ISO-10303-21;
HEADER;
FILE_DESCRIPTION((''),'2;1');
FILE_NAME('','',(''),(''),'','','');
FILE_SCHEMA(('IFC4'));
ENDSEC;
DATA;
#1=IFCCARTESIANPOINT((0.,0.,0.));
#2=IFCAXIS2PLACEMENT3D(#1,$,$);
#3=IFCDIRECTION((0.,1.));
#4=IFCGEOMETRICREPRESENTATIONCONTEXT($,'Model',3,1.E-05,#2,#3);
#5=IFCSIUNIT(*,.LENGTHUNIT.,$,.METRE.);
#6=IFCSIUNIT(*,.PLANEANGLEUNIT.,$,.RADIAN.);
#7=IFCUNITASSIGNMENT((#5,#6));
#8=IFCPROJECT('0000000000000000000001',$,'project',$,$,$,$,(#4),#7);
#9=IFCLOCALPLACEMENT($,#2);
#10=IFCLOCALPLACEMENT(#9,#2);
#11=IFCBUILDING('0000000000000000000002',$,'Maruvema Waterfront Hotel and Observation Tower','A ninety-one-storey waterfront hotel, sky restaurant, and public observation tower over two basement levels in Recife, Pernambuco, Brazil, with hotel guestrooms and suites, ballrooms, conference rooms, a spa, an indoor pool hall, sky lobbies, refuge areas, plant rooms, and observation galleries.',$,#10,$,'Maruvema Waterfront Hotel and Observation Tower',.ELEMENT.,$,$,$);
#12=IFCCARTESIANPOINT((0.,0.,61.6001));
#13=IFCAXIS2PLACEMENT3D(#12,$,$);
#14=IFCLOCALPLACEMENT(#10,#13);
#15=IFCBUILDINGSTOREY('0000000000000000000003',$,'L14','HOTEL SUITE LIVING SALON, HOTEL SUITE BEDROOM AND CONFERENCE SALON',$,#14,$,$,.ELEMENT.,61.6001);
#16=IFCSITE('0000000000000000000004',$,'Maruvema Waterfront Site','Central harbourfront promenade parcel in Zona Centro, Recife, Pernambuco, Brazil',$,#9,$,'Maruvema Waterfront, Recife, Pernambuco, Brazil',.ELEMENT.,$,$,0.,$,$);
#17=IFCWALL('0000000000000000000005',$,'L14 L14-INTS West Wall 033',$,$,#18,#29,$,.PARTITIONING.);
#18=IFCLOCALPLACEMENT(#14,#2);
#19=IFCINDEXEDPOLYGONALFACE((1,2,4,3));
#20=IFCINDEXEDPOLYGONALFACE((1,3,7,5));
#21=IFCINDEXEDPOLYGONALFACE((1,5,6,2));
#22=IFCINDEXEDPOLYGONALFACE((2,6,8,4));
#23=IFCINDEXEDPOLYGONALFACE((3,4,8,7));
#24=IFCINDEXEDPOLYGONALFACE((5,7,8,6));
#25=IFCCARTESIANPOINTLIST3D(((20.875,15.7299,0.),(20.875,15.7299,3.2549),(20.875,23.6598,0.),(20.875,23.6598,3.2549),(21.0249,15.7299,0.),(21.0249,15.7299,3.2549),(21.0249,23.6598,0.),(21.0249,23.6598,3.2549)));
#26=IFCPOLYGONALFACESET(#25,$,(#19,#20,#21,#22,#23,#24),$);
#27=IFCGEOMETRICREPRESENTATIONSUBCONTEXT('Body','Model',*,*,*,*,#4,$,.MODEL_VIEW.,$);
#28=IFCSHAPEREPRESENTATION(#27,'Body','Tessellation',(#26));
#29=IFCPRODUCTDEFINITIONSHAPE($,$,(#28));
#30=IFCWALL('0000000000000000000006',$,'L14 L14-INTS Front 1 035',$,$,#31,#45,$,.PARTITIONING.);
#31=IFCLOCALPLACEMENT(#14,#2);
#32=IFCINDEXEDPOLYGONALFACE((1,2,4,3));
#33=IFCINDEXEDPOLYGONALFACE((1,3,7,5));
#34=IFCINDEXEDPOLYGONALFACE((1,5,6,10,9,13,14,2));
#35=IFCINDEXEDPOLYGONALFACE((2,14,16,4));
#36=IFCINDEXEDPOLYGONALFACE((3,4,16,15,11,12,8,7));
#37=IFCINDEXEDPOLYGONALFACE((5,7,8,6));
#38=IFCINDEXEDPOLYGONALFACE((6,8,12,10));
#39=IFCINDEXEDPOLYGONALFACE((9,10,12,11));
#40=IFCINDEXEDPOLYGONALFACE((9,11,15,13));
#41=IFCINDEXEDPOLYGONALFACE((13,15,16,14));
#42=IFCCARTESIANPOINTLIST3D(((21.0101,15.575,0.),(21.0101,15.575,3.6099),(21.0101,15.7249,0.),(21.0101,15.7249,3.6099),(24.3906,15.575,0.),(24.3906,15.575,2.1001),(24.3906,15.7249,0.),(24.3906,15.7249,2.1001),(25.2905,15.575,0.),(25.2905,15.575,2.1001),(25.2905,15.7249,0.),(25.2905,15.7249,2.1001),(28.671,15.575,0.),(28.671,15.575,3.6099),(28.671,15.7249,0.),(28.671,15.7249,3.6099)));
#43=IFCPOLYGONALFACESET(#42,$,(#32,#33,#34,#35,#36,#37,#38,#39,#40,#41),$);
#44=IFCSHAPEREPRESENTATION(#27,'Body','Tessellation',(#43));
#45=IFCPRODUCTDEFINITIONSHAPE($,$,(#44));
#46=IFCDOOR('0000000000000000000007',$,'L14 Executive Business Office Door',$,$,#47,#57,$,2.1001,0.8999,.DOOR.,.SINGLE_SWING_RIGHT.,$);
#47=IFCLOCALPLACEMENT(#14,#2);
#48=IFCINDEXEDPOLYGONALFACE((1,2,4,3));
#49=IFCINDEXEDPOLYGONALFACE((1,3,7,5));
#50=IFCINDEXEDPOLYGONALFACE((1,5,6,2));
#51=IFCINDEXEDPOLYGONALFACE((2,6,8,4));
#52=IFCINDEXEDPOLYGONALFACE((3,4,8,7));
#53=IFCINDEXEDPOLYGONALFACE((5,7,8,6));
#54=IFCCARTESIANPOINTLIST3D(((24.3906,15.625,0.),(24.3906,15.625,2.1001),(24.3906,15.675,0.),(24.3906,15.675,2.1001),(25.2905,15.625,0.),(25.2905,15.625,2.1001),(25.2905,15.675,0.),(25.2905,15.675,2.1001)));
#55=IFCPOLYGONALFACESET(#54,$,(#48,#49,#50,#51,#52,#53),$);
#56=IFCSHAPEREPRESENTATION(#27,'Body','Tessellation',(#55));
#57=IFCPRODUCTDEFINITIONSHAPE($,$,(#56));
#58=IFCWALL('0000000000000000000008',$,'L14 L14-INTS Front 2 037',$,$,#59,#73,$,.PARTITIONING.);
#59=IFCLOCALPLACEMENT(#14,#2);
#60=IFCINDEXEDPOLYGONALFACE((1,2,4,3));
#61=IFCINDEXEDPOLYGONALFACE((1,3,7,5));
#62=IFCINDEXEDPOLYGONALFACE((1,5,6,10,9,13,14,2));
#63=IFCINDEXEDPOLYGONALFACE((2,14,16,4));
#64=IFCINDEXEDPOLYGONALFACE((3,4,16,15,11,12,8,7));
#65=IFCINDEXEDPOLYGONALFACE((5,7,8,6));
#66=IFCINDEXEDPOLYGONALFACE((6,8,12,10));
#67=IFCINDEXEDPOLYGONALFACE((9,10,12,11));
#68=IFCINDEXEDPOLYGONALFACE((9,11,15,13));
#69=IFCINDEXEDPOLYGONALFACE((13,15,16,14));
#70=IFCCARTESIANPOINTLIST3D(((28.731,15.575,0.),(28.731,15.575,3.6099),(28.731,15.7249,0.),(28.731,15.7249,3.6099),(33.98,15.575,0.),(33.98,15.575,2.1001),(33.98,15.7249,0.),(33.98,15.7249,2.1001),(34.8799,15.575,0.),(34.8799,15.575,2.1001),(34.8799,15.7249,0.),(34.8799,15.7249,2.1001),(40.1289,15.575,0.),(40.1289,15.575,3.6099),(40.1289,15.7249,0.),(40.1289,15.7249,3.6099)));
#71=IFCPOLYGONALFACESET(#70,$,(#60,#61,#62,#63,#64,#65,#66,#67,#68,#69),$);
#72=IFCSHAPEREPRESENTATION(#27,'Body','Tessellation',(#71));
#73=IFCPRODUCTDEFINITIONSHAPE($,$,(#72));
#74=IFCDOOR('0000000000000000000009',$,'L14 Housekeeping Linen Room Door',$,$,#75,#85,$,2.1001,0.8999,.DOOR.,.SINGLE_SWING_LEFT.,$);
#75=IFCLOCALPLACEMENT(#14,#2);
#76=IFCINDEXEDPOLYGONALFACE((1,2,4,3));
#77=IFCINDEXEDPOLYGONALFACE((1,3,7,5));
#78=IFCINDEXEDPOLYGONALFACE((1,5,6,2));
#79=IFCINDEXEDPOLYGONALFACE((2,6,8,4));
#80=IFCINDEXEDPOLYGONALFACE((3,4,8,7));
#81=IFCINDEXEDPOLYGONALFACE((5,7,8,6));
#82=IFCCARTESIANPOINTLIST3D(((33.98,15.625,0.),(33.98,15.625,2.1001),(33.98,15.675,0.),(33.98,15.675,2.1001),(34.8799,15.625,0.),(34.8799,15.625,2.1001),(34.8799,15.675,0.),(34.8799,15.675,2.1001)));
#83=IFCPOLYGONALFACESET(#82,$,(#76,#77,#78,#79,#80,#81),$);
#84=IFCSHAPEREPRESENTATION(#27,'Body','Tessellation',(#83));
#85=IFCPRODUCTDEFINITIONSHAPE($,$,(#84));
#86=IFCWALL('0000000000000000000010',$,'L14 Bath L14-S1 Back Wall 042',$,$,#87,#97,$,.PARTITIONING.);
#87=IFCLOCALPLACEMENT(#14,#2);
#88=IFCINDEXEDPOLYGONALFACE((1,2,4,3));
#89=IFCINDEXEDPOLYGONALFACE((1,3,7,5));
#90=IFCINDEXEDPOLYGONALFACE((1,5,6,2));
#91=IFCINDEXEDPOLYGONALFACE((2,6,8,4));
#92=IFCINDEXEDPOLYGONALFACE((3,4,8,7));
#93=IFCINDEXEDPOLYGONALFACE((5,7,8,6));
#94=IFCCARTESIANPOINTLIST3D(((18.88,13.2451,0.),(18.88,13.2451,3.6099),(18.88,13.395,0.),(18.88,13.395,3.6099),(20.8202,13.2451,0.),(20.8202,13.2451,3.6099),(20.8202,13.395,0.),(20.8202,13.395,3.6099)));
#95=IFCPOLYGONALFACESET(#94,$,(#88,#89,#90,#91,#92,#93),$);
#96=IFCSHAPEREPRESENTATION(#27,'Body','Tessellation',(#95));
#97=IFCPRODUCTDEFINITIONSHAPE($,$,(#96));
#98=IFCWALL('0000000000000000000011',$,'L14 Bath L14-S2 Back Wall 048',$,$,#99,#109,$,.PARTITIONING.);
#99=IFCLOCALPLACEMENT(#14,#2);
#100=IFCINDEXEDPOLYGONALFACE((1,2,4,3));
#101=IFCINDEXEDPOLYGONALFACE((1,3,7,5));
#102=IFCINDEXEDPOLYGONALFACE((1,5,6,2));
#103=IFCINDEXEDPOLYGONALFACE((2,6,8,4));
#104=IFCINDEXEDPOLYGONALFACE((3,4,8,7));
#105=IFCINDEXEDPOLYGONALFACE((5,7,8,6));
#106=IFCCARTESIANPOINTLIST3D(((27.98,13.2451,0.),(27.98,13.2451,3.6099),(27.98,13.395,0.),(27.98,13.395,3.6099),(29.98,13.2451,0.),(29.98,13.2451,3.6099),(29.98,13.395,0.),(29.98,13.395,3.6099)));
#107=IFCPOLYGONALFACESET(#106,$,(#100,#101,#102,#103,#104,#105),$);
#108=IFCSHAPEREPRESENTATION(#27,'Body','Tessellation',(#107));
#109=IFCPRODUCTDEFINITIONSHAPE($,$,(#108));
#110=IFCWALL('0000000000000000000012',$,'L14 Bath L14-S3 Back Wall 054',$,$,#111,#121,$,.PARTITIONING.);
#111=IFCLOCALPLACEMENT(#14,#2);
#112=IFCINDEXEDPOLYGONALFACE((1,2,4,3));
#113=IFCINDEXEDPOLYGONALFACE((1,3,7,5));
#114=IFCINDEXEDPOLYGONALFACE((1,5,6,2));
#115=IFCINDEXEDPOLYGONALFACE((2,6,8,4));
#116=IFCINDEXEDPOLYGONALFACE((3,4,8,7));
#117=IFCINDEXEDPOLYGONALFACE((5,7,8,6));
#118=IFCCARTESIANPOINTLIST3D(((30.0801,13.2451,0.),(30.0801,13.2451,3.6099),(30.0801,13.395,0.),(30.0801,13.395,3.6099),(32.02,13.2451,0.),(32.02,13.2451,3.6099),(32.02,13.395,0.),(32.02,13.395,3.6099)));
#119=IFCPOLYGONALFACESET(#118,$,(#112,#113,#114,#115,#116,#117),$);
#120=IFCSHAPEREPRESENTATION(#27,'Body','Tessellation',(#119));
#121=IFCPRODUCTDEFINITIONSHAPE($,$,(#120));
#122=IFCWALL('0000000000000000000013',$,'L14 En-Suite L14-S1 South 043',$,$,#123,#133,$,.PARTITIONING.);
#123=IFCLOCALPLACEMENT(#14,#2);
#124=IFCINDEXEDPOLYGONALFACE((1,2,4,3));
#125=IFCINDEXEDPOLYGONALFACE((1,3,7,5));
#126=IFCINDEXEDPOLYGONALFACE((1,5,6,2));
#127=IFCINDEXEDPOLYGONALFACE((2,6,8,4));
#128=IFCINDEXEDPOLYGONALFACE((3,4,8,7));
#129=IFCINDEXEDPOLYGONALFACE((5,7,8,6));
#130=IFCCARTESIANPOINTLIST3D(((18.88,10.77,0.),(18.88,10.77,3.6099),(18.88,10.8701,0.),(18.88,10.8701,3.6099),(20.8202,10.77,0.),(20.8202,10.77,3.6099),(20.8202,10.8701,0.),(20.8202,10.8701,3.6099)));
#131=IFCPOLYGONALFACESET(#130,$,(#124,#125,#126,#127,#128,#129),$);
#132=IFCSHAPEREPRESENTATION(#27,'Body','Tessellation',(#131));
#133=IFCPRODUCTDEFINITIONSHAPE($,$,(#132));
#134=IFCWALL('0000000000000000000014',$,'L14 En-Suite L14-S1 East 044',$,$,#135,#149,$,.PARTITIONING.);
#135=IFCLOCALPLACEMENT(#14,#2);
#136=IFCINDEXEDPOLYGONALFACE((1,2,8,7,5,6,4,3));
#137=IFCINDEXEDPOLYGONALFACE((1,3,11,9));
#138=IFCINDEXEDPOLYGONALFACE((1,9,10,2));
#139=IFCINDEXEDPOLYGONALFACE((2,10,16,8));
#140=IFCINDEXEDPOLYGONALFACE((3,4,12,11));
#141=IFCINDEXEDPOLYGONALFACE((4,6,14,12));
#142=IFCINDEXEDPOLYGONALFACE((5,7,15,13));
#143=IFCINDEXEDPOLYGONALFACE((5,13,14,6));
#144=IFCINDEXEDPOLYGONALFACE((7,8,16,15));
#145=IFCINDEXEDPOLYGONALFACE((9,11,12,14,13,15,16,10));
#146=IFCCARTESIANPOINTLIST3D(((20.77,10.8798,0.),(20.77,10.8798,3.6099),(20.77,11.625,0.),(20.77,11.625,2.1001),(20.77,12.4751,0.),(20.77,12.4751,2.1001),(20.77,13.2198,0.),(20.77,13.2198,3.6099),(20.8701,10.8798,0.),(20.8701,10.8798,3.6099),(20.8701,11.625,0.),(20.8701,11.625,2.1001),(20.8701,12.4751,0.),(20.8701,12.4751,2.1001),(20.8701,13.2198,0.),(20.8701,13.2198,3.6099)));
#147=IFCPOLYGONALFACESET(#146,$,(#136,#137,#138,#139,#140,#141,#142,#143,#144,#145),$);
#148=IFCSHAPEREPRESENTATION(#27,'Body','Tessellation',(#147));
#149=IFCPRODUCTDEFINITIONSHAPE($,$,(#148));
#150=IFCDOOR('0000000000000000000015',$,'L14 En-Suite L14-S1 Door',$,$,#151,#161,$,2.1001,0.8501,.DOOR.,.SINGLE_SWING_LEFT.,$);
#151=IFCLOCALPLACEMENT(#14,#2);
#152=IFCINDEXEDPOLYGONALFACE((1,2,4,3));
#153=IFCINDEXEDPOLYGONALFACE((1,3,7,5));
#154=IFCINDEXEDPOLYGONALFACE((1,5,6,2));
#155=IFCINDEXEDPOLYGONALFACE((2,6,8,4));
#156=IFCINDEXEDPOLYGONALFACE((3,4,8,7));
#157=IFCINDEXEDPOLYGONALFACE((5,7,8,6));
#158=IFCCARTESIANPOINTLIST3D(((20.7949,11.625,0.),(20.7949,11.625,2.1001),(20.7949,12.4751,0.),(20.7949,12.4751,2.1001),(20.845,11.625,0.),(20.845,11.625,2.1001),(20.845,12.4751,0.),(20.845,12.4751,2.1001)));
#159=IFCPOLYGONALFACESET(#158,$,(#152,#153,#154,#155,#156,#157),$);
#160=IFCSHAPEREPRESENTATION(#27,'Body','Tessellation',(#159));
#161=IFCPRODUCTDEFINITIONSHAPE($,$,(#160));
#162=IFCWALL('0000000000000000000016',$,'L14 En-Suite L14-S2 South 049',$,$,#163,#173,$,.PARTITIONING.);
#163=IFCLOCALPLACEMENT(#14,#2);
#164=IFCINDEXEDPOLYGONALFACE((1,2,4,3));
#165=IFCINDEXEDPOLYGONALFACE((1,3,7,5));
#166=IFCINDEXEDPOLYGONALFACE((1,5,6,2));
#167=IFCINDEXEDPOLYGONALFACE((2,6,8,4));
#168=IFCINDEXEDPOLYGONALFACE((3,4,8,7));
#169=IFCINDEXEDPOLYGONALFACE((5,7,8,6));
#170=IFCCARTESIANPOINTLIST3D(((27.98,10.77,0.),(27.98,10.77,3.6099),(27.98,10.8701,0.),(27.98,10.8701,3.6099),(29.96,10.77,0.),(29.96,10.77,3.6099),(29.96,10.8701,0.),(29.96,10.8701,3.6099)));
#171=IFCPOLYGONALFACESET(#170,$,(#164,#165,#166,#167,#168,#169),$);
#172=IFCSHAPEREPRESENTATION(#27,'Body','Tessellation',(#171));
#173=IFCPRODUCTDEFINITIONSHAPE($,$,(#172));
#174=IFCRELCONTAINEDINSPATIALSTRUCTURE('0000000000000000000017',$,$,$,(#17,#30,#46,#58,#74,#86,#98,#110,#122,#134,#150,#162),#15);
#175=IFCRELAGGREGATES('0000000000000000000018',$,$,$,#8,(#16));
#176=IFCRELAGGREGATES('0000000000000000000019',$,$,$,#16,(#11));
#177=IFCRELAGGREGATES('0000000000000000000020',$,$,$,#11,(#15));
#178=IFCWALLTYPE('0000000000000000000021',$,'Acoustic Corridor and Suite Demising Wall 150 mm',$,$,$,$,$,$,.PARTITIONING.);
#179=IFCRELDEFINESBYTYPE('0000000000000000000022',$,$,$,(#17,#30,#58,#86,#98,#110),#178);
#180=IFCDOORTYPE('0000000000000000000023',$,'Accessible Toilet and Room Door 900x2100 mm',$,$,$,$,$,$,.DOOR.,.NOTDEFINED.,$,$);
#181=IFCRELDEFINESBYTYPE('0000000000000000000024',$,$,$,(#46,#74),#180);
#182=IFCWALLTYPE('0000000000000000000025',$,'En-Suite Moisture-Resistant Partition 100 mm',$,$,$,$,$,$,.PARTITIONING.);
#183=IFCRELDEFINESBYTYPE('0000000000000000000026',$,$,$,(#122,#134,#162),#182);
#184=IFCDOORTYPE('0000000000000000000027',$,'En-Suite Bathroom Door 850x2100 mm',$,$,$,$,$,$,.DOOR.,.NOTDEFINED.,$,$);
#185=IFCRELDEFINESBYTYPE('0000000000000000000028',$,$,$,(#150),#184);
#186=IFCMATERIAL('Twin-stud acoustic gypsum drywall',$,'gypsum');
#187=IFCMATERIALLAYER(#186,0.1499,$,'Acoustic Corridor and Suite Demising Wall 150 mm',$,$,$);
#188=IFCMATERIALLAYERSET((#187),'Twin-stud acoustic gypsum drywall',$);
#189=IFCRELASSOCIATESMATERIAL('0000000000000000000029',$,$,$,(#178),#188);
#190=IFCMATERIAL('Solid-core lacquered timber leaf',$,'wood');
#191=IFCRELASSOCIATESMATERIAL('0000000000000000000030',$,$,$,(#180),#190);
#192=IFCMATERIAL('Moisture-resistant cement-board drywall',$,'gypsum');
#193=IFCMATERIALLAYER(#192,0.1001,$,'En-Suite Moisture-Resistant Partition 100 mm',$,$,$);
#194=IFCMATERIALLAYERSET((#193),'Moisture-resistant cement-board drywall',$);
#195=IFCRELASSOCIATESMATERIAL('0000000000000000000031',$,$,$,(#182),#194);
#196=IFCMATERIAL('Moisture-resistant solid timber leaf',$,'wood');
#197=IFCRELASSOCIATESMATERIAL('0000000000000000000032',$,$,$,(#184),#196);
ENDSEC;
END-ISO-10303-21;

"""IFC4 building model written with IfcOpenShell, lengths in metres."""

from ifc_helpers import new_model, si_unit, direction, frame, frame_2d, origin, place, context, subcontext, project, spatial, rectangle, extrude, material, layer, layer_set, type_object, element, fill, save


model = new_model("IFC4")

# Units and contexts
model_context = context("Model", 3, precision=1e-05, world=origin(), true_north=direction((0.0, 1.0)))
body_context = subcontext(model_context, "Body", "Model", "MODEL_VIEW")
ifc_project = project(units=[si_unit("LENGTHUNIT", "METRE"), si_unit("PLANEANGLEUNIT", "RADIAN")], contexts=[model_context])

# Site, building, storey
site_placement = place(None, origin())
site = spatial("IfcSite", under=ifc_project, at=site_placement, Name="Maruvema Waterfront Site", Description="Central harbourfront promenade parcel in Zona Centro, Recife, Pernambuco, Brazil", LongName="Maruvema Waterfront, Recife, Pernambuco, Brazil", CompositionType="ELEMENT", RefElevation=0.0)
building_placement = place(site_placement, origin())
building = spatial("IfcBuilding", under=site, at=building_placement, Name="Maruvema Waterfront Hotel and Observation Tower", Description="A ninety-one-storey waterfront hotel, sky restaurant, and public observation tower over two basement levels in Recife, Pernambuco, Brazil, with hotel guestrooms and suites, ballrooms, conference rooms, a spa, an indoor pool hall, sky lobbies, refuge areas, plant rooms, and observation galleries.", LongName="Maruvema Waterfront Hotel and Observation Tower", CompositionType="ELEMENT")
storey_placement = place(building_placement, frame((0.0, 0.0, 61.6001)))
storey = spatial("IfcBuildingStorey", under=building, at=storey_placement, Name="L14", Description="HOTEL SUITE LIVING SALON, HOTEL SUITE BEDROOM AND CONFERENCE SALON", CompositionType="ELEMENT", Elevation=61.6001)

# Wall
ifc_material_1 = material(Name="Twin-stud acoustic gypsum drywall", Category="gypsum")
ifc_layer_1 = layer(ifc_material_1, 0.1499, Name="Acoustic Corridor and Suite Demising Wall 150 mm")
ifc_layer_set_1 = layer_set([ifc_layer_1], Name="Twin-stud acoustic gypsum drywall")
wall_type_1 = type_object("IfcWallType", Name="Acoustic Corridor and Suite Demising Wall 150 mm", PredefinedType="PARTITIONING", material=ifc_layer_set_1)
wall_1_placement = place(storey_placement, frame((20.95, 15.73, 0.0), z_axis=(0.0, 0.0, 1.0), x_axis=(0.0, 1.0, 0.0)))
element("IfcWall", 1, at=wall_1_placement, inside=storey, type_object=wall_type_1, Name="L14 L14-INTS West Wall 033", PredefinedType="PARTITIONING", context=body_context, shape_type="SweptSolid", body=[
    extrude(rectangle(XDim=7.9299, YDim=0.1499, at=frame_2d((3.9648, 0.0))), origin(), (0.0, 0.0, 1.0), 3.2549),
])

# Walls, openings, doors
wall_2_placement = place(storey_placement, frame((21.01, 15.6499, 0.0), z_axis=(0.0, 0.0, 1.0), x_axis=(1.0, 0.0, 0.0)))
wall_2 = element("IfcWall", 2, at=wall_2_placement, inside=storey, type_object=wall_type_1, Name="L14 L14-INTS Front 1 035", PredefinedType="PARTITIONING", context=body_context, shape_type="SweptSolid", body=[
    extrude(rectangle(XDim=7.6609, YDim=0.1499, at=frame_2d((3.8306, 0.0))), origin(), (0.0, 0.0, 1.0), 3.6099),
])
opening_1_placement = place(wall_2_placement, frame((3.3806, 0.0, 0.0)))
opening_1 = element("IfcOpeningElement", 3, at=opening_1_placement, cuts=wall_2, PredefinedType="OPENING", context=body_context, shape_type="SweptSolid", body=[
    extrude(rectangle(XDim=0.8999, YDim=2.1001, at=frame_2d((0.45, 1.05))), frame((0.0, 0.085, 0.0), z_axis=(0.0, -1.0, 0.0), x_axis=(1.0, 0.0, 0.0)), (0.0, 0.0, 1.0), 0.1699),
])
ifc_material_2 = material(Name="Solid-core lacquered timber leaf", Category="wood")
door_type_1 = type_object("IfcDoorType", Name="Accessible Toilet and Room Door 900x2100 mm", OperationType="NOTDEFINED", PredefinedType="DOOR", material=ifc_material_2)
door_1_placement = place(opening_1_placement, frame((0.8999, 0.0, 0.0), z_axis=(0.0, 0.0, 1.0), x_axis=(-1.0, 0.0, 0.0)))
door_1 = element("IfcDoor", 4, at=door_1_placement, inside=storey, type_object=door_type_1, Name="L14 Executive Business Office Door", OperationType="SINGLE_SWING_RIGHT", OverallHeight=2.1001, OverallWidth=0.8999, PredefinedType="DOOR", context=body_context, shape_type="SweptSolid", body=[
    extrude(rectangle(XDim=0.8999, YDim=2.1001, at=frame_2d((0.45, 1.05))), frame((0.0, 0.0249, 0.0), z_axis=(0.0, -1.0, 0.0), x_axis=(1.0, 0.0, 0.0)), (0.0, 0.0, 1.0), 0.05),
])
fill(opening_1, door_1)
wall_3_placement = place(storey_placement, frame((28.731, 15.6499, 0.0), z_axis=(0.0, 0.0, 1.0), x_axis=(1.0, 0.0, 0.0)))
wall_3 = element("IfcWall", 5, at=wall_3_placement, inside=storey, type_object=wall_type_1, Name="L14 L14-INTS Front 2 037", PredefinedType="PARTITIONING", context=body_context, shape_type="SweptSolid", body=[
    extrude(rectangle(XDim=11.3979, YDim=0.1499, at=frame_2d((5.699, 0.0))), origin(), (0.0, 0.0, 1.0), 3.6099),
])
opening_2_placement = place(wall_3_placement, frame((5.249, 0.0, 0.0)))
opening_2 = element("IfcOpeningElement", 6, at=opening_2_placement, cuts=wall_3, PredefinedType="OPENING", context=body_context, shape_type="SweptSolid", body=[
    extrude(rectangle(XDim=0.8999, YDim=2.1001, at=frame_2d((0.45, 1.05))), frame((0.0, 0.085, 0.0), z_axis=(0.0, -1.0, 0.0), x_axis=(1.0, 0.0, 0.0)), (0.0, 0.0, 1.0), 0.1699),
])
door_2_placement = place(opening_2_placement, frame((0.8999, 0.0, 0.0), z_axis=(0.0, 0.0, 1.0), x_axis=(-1.0, 0.0, 0.0)))
door_2 = element("IfcDoor", 7, at=door_2_placement, inside=storey, type_object=door_type_1, Name="L14 Housekeeping Linen Room Door", OperationType="SINGLE_SWING_LEFT", OverallHeight=2.1001, OverallWidth=0.8999, PredefinedType="DOOR", context=body_context, shape_type="SweptSolid", body=[
    extrude(rectangle(XDim=0.8999, YDim=2.1001, at=frame_2d((0.45, 1.05))), frame((0.0, 0.0249, 0.0), z_axis=(0.0, -1.0, 0.0), x_axis=(1.0, 0.0, 0.0)), (0.0, 0.0, 1.0), 0.05),
])
fill(opening_2, door_2)

# Wall
wall_4_placement = place(storey_placement, frame((18.8799, 13.3201, 0.0), z_axis=(0.0, 0.0, 1.0), x_axis=(1.0, 0.0, 0.0)))
element("IfcWall", 8, at=wall_4_placement, inside=storey, type_object=wall_type_1, Name="L14 Bath L14-S1 Back Wall 042", PredefinedType="PARTITIONING", context=body_context, shape_type="SweptSolid", body=[
    extrude(rectangle(XDim=1.9402, YDim=0.1499, at=frame_2d((0.9702, 0.0))), origin(), (0.0, 0.0, 1.0), 3.6099),
])

# Wall
wall_5_placement = place(storey_placement, frame((27.98, 13.3201, 0.0), z_axis=(0.0, 0.0, 1.0), x_axis=(1.0, 0.0, 0.0)))
element("IfcWall", 9, at=wall_5_placement, inside=storey, type_object=wall_type_1, Name="L14 Bath L14-S2 Back Wall 048", PredefinedType="PARTITIONING", context=body_context, shape_type="SweptSolid", body=[
    extrude(rectangle(XDim=2.0, YDim=0.1499, at=frame_2d((1.0, 0.0))), origin(), (0.0, 0.0, 1.0), 3.6099),
])

# Wall
wall_6_placement = place(storey_placement, frame((30.0801, 13.3201, 0.0), z_axis=(0.0, 0.0, 1.0), x_axis=(1.0, 0.0, 0.0)))
element("IfcWall", 10, at=wall_6_placement, inside=storey, type_object=wall_type_1, Name="L14 Bath L14-S3 Back Wall 054", PredefinedType="PARTITIONING", context=body_context, shape_type="SweptSolid", body=[
    extrude(rectangle(XDim=1.9399, YDim=0.1499, at=frame_2d((0.97, 0.0))), origin(), (0.0, 0.0, 1.0), 3.6099),
])

# Wall
ifc_material_3 = material(Name="Moisture-resistant cement-board drywall", Category="gypsum")
ifc_layer_2 = layer(ifc_material_3, 0.1001, Name="En-Suite Moisture-Resistant Partition 100 mm")
ifc_layer_set_2 = layer_set([ifc_layer_2], Name="Moisture-resistant cement-board drywall")
wall_type_2 = type_object("IfcWallType", Name="En-Suite Moisture-Resistant Partition 100 mm", PredefinedType="PARTITIONING", material=ifc_layer_set_2)
wall_7_placement = place(storey_placement, frame((18.8799, 10.8201, 0.0), z_axis=(0.0, 0.0, 1.0), x_axis=(1.0, 0.0, 0.0)))
element("IfcWall", 11, at=wall_7_placement, inside=storey, type_object=wall_type_2, Name="L14 En-Suite L14-S1 South 043", PredefinedType="PARTITIONING", context=body_context, shape_type="SweptSolid", body=[
    extrude(rectangle(XDim=1.9402, YDim=0.1001, at=frame_2d((0.9702, 0.0))), origin(), (0.0, 0.0, 1.0), 3.6099),
])

# Wall, opening, door
wall_8_placement = place(storey_placement, frame((20.8201, 10.8799, 0.0), z_axis=(0.0, 0.0, 1.0), x_axis=(0.0, 1.0, 0.0)))
wall_8 = element("IfcWall", 12, at=wall_8_placement, inside=storey, type_object=wall_type_2, Name="L14 En-Suite L14-S1 East 044", PredefinedType="PARTITIONING", context=body_context, shape_type="SweptSolid", body=[
    extrude(rectangle(XDim=2.3401, YDim=0.1001, at=frame_2d((1.1699, 0.0))), origin(), (0.0, 0.0, 1.0), 3.6099),
])
opening_3_placement = place(wall_8_placement, frame((0.7451, 0.0, 0.0)))
opening_3 = element("IfcOpeningElement", 13, at=opening_3_placement, cuts=wall_8, PredefinedType="OPENING", context=body_context, shape_type="SweptSolid", body=[
    extrude(rectangle(XDim=0.8501, YDim=2.1001, at=frame_2d((0.425, 1.05))), frame((0.0, 0.0601, 0.0), z_axis=(0.0, -1.0, 0.0), x_axis=(1.0, 0.0, 0.0)), (0.0, 0.0, 1.0), 0.1201),
])
ifc_material_4 = material(Name="Moisture-resistant solid timber leaf", Category="wood")
door_type_2 = type_object("IfcDoorType", Name="En-Suite Bathroom Door 850x2100 mm", OperationType="NOTDEFINED", PredefinedType="DOOR", material=ifc_material_4)
door_3_placement = place(opening_3_placement, frame((0.8501, 0.0, 0.0), z_axis=(0.0, 0.0, 1.0), x_axis=(-1.0, 0.0, 0.0)))
door_3 = element("IfcDoor", 14, at=door_3_placement, inside=storey, type_object=door_type_2, Name="L14 En-Suite L14-S1 Door", OperationType="SINGLE_SWING_LEFT", OverallHeight=2.1001, OverallWidth=0.8501, PredefinedType="DOOR", context=body_context, shape_type="SweptSolid", body=[
    extrude(rectangle(XDim=0.8501, YDim=2.1001, at=frame_2d((0.425, 1.05))), frame((0.0, 0.0249, 0.0), z_axis=(0.0, -1.0, 0.0), x_axis=(1.0, 0.0, 0.0)), (0.0, 0.0, 1.0), 0.05),
])
fill(opening_3, door_3)

# Wall
wall_9_placement = place(storey_placement, frame((27.98, 10.8201, 0.0), z_axis=(0.0, 0.0, 1.0), x_axis=(1.0, 0.0, 0.0)))
element("IfcWall", 15, at=wall_9_placement, inside=storey, type_object=wall_type_2, Name="L14 En-Suite L14-S2 South 049", PredefinedType="PARTITIONING", context=body_context, shape_type="SweptSolid", body=[
    extrude(rectangle(XDim=1.98, YDim=0.1001, at=frame_2d((0.99, 0.0))), origin(), (0.0, 0.0, 1.0), 3.6099),
])

save(model, "model.ifc")
